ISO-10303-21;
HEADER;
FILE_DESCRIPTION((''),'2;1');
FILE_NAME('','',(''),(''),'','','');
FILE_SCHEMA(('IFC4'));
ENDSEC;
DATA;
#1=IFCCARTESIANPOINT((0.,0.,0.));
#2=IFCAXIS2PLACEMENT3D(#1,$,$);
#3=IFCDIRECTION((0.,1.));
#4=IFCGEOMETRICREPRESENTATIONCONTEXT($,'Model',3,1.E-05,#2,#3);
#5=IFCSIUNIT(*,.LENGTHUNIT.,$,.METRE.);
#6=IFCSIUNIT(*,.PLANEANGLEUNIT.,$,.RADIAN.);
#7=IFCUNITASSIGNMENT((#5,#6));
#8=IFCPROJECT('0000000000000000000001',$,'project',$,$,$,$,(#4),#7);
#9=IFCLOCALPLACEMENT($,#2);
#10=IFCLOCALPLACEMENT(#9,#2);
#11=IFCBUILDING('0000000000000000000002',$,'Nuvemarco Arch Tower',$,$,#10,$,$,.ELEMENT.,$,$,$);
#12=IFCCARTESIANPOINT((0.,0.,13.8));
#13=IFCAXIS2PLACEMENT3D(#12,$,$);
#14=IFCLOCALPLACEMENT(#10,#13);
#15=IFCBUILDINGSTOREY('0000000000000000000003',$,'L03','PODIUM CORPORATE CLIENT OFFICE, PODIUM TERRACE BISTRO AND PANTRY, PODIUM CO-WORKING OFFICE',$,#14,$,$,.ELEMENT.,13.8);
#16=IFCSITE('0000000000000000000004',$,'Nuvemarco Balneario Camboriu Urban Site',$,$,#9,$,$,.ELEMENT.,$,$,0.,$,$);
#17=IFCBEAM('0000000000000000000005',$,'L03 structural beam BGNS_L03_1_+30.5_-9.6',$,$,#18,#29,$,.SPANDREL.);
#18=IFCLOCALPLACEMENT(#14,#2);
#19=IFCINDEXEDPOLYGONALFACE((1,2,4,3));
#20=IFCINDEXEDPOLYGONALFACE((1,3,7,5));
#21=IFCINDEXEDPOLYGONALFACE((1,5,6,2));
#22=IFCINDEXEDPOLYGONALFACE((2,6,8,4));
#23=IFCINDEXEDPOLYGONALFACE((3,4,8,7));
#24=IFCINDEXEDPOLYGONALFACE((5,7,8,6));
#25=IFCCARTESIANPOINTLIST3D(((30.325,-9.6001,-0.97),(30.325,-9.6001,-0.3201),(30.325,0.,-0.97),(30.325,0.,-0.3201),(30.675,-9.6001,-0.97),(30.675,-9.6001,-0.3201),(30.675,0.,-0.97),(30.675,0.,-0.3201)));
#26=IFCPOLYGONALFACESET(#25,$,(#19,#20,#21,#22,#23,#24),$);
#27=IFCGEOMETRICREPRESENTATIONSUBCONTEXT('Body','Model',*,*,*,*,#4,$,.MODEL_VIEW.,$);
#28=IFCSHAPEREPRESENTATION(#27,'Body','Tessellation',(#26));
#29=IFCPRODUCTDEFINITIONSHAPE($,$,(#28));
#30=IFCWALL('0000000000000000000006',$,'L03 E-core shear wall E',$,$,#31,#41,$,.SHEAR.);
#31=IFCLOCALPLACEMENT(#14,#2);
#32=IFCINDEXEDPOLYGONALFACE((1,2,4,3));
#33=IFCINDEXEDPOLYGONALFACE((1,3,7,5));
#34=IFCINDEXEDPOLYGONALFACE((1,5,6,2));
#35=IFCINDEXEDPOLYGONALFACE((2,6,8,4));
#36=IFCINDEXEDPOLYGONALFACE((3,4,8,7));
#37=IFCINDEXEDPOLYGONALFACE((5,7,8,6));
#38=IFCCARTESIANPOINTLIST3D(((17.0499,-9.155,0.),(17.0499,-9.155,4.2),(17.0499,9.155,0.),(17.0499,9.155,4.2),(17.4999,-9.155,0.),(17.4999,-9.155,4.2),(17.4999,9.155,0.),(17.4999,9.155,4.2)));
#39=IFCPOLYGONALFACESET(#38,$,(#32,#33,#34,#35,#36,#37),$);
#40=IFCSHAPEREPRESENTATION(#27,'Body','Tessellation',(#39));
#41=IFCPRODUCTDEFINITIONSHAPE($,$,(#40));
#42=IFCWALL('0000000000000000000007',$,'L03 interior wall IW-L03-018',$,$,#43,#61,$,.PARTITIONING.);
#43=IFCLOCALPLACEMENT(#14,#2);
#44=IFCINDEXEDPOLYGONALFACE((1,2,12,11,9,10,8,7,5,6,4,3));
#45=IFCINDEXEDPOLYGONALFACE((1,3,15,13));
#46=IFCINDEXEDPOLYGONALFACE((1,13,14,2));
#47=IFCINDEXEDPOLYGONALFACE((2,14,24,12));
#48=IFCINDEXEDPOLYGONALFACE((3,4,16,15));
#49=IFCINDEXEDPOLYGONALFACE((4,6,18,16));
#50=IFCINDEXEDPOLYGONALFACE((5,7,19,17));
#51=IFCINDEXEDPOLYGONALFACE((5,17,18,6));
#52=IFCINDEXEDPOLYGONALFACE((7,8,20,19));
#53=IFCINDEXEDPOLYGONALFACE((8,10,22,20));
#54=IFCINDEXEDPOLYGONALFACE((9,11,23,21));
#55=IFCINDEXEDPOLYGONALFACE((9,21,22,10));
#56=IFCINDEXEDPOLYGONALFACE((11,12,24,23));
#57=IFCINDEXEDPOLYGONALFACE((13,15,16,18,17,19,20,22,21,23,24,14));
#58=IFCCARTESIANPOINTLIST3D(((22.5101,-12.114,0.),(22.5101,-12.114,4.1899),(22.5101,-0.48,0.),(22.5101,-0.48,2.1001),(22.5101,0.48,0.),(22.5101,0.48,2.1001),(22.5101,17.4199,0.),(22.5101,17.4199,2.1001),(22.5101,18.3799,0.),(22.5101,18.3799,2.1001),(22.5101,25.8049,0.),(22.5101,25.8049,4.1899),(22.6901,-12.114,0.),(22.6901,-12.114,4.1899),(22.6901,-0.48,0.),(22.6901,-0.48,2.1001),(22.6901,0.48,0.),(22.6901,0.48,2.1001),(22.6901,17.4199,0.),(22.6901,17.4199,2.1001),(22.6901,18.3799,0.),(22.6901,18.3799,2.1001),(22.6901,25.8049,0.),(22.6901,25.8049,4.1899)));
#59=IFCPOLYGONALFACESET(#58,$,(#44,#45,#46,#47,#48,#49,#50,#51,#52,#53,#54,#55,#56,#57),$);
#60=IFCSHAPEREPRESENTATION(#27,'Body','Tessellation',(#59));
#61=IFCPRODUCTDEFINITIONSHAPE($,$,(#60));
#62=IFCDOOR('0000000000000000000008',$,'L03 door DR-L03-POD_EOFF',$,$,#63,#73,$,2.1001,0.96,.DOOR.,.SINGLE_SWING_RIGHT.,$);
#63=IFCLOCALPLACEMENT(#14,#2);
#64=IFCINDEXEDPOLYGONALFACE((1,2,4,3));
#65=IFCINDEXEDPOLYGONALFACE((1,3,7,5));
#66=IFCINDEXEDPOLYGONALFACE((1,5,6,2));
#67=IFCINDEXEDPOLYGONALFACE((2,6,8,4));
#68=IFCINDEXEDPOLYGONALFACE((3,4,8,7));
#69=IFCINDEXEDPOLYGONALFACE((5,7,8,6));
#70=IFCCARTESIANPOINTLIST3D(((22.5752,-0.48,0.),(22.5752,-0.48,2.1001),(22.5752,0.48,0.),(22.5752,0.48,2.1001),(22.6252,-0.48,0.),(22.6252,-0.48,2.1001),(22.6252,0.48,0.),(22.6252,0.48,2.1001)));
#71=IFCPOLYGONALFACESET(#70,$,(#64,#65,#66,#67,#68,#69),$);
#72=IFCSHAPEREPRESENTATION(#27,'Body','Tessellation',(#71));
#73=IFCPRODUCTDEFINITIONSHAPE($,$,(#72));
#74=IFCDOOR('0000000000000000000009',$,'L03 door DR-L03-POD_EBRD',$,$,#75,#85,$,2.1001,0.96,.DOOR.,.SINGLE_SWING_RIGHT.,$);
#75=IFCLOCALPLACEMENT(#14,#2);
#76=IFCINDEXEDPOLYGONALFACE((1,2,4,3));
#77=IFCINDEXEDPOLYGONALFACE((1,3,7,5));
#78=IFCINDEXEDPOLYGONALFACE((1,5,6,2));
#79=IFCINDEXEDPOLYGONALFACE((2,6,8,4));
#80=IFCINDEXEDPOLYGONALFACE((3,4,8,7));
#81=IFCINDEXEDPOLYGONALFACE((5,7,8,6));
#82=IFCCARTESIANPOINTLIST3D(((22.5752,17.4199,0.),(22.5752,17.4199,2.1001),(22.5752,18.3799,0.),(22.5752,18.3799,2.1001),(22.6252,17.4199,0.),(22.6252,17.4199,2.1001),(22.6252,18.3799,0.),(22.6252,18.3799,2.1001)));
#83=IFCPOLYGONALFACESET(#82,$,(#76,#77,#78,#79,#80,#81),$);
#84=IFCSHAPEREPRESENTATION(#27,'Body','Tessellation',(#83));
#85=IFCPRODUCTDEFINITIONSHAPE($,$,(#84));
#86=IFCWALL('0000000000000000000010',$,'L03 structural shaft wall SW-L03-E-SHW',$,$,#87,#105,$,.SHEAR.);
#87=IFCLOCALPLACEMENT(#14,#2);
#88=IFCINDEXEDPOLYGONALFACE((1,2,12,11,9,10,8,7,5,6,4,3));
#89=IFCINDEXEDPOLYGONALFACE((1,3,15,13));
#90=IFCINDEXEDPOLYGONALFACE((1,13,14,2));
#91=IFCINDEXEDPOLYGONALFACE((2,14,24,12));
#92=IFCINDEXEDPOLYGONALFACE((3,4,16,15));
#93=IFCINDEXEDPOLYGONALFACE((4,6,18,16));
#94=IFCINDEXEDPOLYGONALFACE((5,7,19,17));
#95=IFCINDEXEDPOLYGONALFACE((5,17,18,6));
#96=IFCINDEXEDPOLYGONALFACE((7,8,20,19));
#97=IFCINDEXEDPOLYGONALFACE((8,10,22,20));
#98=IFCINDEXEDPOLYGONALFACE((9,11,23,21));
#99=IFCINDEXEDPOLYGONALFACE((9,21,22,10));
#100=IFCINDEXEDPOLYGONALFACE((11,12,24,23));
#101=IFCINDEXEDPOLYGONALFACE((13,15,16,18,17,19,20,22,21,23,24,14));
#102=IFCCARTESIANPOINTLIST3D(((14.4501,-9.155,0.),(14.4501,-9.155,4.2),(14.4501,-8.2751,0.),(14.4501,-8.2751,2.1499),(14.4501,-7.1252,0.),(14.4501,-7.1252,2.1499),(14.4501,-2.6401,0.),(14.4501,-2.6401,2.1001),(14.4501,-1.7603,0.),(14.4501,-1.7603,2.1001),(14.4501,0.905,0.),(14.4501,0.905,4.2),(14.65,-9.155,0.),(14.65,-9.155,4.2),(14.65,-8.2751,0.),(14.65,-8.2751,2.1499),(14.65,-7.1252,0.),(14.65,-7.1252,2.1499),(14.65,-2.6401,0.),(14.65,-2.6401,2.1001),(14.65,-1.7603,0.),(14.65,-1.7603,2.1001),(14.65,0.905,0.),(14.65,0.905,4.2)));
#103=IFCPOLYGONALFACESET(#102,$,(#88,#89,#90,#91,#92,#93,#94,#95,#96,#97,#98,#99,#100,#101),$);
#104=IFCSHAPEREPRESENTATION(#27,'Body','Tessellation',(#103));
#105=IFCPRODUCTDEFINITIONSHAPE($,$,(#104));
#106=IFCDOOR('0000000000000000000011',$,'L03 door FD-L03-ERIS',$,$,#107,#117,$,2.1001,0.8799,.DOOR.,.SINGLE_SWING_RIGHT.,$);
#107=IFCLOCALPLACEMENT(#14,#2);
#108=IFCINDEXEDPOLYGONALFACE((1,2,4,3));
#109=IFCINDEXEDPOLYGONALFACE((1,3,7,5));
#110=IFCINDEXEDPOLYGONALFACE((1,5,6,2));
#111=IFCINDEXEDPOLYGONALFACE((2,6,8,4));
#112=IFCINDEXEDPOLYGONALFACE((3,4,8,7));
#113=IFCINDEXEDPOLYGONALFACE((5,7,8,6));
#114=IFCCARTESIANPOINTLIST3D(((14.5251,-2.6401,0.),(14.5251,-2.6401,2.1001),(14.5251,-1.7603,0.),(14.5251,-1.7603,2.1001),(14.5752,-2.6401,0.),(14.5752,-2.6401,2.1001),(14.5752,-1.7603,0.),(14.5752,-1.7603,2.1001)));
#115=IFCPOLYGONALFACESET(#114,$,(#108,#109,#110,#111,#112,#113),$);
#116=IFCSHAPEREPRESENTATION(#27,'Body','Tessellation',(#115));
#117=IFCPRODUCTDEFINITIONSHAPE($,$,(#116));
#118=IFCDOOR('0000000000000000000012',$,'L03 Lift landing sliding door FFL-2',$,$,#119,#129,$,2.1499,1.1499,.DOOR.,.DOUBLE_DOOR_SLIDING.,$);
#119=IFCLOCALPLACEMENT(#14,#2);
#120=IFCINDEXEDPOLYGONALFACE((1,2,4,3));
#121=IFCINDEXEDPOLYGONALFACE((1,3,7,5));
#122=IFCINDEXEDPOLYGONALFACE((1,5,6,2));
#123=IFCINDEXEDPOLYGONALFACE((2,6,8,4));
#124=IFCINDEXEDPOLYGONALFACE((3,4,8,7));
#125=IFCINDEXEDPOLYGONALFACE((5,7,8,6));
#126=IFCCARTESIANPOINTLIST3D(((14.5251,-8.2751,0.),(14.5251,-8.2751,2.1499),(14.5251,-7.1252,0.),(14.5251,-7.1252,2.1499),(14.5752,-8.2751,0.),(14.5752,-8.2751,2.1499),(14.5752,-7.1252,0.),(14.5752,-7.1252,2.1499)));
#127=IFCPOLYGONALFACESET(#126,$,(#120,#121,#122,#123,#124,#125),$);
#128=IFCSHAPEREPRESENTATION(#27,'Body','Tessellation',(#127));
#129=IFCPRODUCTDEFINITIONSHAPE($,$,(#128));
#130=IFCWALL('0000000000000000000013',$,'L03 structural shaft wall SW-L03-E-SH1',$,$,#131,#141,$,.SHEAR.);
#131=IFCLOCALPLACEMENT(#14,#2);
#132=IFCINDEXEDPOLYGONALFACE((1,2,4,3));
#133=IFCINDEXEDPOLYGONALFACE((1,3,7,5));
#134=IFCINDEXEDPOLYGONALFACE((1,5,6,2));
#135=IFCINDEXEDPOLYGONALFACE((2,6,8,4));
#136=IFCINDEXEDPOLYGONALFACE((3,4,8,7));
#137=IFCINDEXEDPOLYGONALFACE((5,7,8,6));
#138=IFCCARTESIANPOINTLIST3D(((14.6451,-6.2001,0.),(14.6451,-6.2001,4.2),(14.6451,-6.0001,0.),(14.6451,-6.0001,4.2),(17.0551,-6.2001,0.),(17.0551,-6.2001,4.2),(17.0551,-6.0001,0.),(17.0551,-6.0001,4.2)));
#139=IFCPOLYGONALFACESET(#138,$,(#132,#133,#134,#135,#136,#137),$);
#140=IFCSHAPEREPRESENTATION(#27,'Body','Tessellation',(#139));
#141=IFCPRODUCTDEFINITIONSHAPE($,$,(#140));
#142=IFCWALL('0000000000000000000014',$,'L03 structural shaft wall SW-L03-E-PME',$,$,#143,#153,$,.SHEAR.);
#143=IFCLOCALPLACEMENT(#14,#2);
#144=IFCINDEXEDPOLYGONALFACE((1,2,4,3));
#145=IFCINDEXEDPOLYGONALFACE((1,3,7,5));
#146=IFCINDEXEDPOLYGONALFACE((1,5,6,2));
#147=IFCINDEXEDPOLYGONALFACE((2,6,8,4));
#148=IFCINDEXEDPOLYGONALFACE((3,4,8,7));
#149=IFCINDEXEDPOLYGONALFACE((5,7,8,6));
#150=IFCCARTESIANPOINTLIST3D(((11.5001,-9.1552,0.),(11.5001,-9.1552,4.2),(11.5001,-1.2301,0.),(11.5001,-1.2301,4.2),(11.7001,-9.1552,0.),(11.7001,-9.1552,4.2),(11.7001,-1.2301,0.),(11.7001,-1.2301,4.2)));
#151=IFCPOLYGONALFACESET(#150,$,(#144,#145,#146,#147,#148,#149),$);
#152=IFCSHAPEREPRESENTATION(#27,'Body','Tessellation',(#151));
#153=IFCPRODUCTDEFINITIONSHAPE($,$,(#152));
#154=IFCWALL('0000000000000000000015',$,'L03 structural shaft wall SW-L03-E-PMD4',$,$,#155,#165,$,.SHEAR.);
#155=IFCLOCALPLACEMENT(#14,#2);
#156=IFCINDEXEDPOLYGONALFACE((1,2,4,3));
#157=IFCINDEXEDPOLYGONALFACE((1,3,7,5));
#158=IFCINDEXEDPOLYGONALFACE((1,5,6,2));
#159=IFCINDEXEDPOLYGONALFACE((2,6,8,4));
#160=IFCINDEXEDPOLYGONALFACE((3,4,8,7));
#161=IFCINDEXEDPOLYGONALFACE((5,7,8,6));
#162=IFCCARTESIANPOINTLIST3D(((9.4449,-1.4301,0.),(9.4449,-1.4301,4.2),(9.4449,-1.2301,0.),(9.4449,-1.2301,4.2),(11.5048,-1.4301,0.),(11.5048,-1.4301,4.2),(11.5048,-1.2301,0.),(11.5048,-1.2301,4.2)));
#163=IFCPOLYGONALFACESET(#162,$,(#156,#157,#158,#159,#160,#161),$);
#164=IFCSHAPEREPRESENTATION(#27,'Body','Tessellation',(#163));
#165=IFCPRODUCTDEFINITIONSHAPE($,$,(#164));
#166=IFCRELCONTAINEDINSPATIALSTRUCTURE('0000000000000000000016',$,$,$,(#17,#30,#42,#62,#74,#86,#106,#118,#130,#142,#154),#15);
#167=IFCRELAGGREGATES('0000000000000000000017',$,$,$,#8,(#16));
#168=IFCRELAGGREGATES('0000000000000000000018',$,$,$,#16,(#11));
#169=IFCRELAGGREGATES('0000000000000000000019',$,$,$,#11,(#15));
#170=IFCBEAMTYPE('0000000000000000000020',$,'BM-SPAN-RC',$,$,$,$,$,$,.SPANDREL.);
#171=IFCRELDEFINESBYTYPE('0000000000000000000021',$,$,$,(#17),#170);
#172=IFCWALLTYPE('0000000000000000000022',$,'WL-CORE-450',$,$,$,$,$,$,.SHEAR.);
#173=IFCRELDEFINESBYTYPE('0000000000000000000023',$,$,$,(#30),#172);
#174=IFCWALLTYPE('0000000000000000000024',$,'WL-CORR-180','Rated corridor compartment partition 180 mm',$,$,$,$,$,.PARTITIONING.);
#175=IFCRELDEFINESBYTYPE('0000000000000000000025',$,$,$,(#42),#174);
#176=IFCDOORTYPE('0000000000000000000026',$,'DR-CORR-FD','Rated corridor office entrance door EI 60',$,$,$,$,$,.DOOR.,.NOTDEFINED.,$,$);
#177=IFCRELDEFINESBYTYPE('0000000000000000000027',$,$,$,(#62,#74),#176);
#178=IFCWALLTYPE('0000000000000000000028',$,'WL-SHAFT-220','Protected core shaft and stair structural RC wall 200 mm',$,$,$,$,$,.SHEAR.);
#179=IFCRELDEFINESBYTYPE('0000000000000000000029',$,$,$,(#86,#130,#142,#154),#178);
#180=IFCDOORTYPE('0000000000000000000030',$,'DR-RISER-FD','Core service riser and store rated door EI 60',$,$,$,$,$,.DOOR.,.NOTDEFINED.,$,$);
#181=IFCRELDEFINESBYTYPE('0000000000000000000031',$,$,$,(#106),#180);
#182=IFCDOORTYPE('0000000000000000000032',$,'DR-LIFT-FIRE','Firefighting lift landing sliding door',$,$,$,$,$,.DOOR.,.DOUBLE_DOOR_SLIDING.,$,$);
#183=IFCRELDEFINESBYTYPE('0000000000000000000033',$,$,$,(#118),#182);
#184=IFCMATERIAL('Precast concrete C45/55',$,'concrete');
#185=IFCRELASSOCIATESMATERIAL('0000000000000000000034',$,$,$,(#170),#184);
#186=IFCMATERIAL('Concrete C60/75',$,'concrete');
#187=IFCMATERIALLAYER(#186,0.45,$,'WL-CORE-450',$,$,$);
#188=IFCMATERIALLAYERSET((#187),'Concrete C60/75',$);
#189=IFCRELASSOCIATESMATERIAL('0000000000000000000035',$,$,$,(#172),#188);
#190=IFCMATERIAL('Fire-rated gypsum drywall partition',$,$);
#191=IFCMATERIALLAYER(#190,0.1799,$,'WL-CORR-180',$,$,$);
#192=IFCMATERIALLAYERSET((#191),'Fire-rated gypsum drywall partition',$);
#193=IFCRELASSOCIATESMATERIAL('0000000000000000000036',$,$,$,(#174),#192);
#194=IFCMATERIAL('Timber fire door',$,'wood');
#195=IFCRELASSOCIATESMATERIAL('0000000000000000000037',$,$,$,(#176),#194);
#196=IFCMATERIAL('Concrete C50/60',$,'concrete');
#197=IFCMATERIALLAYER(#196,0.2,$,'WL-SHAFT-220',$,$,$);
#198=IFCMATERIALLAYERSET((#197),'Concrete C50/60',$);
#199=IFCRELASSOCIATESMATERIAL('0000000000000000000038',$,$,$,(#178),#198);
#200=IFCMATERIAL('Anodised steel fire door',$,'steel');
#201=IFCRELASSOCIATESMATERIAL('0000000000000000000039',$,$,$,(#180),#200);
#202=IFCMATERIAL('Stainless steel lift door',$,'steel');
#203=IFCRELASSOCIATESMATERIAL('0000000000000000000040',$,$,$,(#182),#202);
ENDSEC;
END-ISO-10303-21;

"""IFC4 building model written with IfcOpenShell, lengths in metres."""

from ifc_helpers import new_model, si_unit, direction, frame, frame_2d, origin, origin_2d, place, context, subcontext, project, spatial, rectangle, extrude, source, transform, mapped, material, layer, layer_set, material_profile, profile_set, type_object, type_shapes, element, fill, save


model = new_model("IFC4")

# Units and contexts
model_context = context("Model", 3, precision=1e-05, world=origin(), true_north=direction((0.0, 1.0)))
body_context = subcontext(model_context, "Body", "Model", "MODEL_VIEW")
ifc_project = project(units=[si_unit("LENGTHUNIT", "METRE"), si_unit("PLANEANGLEUNIT", "RADIAN")], contexts=[model_context])

# Site, building, storey
site_placement = place(None, origin())
site = spatial("IfcSite", under=ifc_project, at=site_placement, Name="Nuvemarco Balneario Camboriu Urban Site", CompositionType="ELEMENT", RefElevation=0.0)
building_placement = place(site_placement, origin())
building = spatial("IfcBuilding", under=site, at=building_placement, Name="Nuvemarco Arch Tower", CompositionType="ELEMENT")
storey_placement = place(building_placement, frame((0.0, 0.0, 13.8)))
storey = spatial("IfcBuildingStorey", under=building, at=storey_placement, Name="L03", Description="PODIUM CORPORATE CLIENT OFFICE, PODIUM TERRACE BISTRO AND PANTRY, PODIUM CO-WORKING OFFICE", CompositionType="ELEMENT", Elevation=13.8)

# Shared definitions
ifc_material_1 = material(Name="Concrete C60/75", Category="concrete")

# Beam
ifc_material_2 = material(Name="Precast concrete C45/55", Category="concrete")
ifc_material_profile_1 = material_profile(ifc_material_2, rectangle(XDim=0.3501, YDim=0.6499, at=origin_2d()), Name="PC-SP-350x650")
ifc_profile_set_1 = profile_set([ifc_material_profile_1], Name="Precast concrete C45/55")
beam_type_1 = type_object("IfcBeamType", Name="BM-SPAN-RC", PredefinedType="SPANDREL", material=ifc_profile_set_1)
beam_1_placement = place(storey_placement, frame((30.5, -9.6001, -0.645), z_axis=(0.0, 1.0, 0.0), x_axis=(-1.0, 0.0, 0.0)))
element("IfcBeam", 1, at=beam_1_placement, inside=storey, type_object=beam_type_1, Name="L03 structural beam BGNS_L03_1_+30.5_-9.6", PredefinedType="SPANDREL", context=body_context, shape_type="SweptSolid", body=[
    extrude(rectangle(XDim=0.3501, YDim=0.6499, at=origin_2d()), origin(), (0.0, 0.0, 1.0), 9.6001),
])

# Wall
ifc_layer_1 = layer(ifc_material_1, 0.45, Name="WL-CORE-450")
ifc_layer_set_1 = layer_set([ifc_layer_1], Name="Concrete C60/75")
wall_type_1 = type_object("IfcWallType", Name="WL-CORE-450", PredefinedType="SHEAR", material=ifc_layer_set_1)
wall_1_placement = place(storey_placement, frame((17.2749, -9.155, 0.0), z_axis=(0.0, 0.0, 1.0), x_axis=(0.0, 1.0, 0.0)))
element("IfcWall", 2, at=wall_1_placement, inside=storey, type_object=wall_type_1, Name="L03 E-core shear wall E", PredefinedType="SHEAR", context=body_context, shape_type="SweptSolid", body=[
    extrude(rectangle(XDim=18.3101, YDim=0.45, at=frame_2d((9.155, 0.0))), origin(), (0.0, 0.0, 1.0), 4.2),
])

# Walls, openings, doors
ifc_material_3 = material(Name="Fire-rated gypsum drywall partition")
ifc_layer_2 = layer(ifc_material_3, 0.1799, Name="WL-CORR-180")
ifc_layer_set_2 = layer_set([ifc_layer_2], Name="Fire-rated gypsum drywall partition")
wall_type_2 = type_object("IfcWallType", Name="WL-CORR-180", Description="Rated corridor compartment partition 180 mm", PredefinedType="PARTITIONING", material=ifc_layer_set_2)
wall_2_placement = place(storey_placement, frame((22.6001, -12.114, 0.0), z_axis=(0.0, 0.0, 1.0), x_axis=(0.0, 1.0, 0.0)))
wall_2 = element("IfcWall", 3, at=wall_2_placement, inside=storey, type_object=wall_type_2, Name="L03 interior wall IW-L03-018", PredefinedType="PARTITIONING", context=body_context, shape_type="SweptSolid", body=[
    extrude(rectangle(XDim=37.9189, YDim=0.1799, at=frame_2d((18.9595, 0.0))), origin(), (0.0, 0.0, 1.0), 4.1899),
])
opening_1_placement = place(wall_2_placement, frame((11.634, 0.0, 0.0)))
opening_1 = element("IfcOpeningElement", 4, at=opening_1_placement, cuts=wall_2, PredefinedType="OPENING", context=body_context, shape_type="SweptSolid", body=[
    extrude(rectangle(XDim=0.96, YDim=2.1001, at=frame_2d((0.48, 1.05))), frame((0.0, 0.0999, 0.0), z_axis=(0.0, -1.0, 0.0), x_axis=(1.0, 0.0, 0.0)), (0.0, 0.0, 1.0), 0.2),
])
opening_2_placement = place(wall_2_placement, frame((29.5339, 0.0, 0.0)))
opening_2 = element("IfcOpeningElement", 5, at=opening_2_placement, cuts=wall_2, PredefinedType="OPENING", context=body_context, shape_type="SweptSolid", body=[
    extrude(rectangle(XDim=0.96, YDim=2.1001, at=frame_2d((0.48, 1.05))), frame((0.0, 0.0999, 0.0), z_axis=(0.0, -1.0, 0.0), x_axis=(1.0, 0.0, 0.0)), (0.0, 0.0, 1.0), 0.2),
])
ifc_material_4 = material(Name="Timber fire door", Category="wood")
door_type_1 = type_object("IfcDoorType", Name="DR-CORR-FD", Description="Rated corridor office entrance door EI 60", OperationType="NOTDEFINED", PredefinedType="DOOR", material=ifc_material_4)
shared_shape_1 = source(origin(), body_context, "Body", "SweptSolid", [
    extrude(rectangle(XDim=0.96, YDim=2.1001, at=frame_2d((0.48, 1.05))), frame((0.0, 0.0249, 0.0), z_axis=(0.0, -1.0, 0.0), x_axis=(1.0, 0.0, 0.0)), (0.0, 0.0, 1.0), 0.05),
])
type_shapes(door_type_1, [shared_shape_1])
door_1_placement = place(opening_1_placement, origin())
door_1 = element("IfcDoor", 6, at=door_1_placement, inside=storey, type_object=door_type_1, Name="L03 door DR-L03-POD_EOFF", OperationType="SINGLE_SWING_RIGHT", OverallHeight=2.1001, OverallWidth=0.96, PredefinedType="DOOR", context=body_context, shape_type="MappedRepresentation", body=[
    mapped(shared_shape_1, transform((0.0, 0.0, 0.0), scale=1.0)),
])
fill(opening_1, door_1)
door_2_placement = place(opening_2_placement, origin())
door_2 = element("IfcDoor", 7, at=door_2_placement, inside=storey, type_object=door_type_1, Name="L03 door DR-L03-POD_EBRD", OperationType="SINGLE_SWING_RIGHT", OverallHeight=2.1001, OverallWidth=0.96, PredefinedType="DOOR", context=body_context, shape_type="MappedRepresentation", body=[
    mapped(shared_shape_1, transform((0.0, 0.0, 0.0), scale=1.0)),
])
fill(opening_2, door_2)
ifc_material_5 = material(Name="Concrete C50/60", Category="concrete")
ifc_layer_3 = layer(ifc_material_5, 0.2, Name="WL-SHAFT-220")
ifc_layer_set_3 = layer_set([ifc_layer_3], Name="Concrete C50/60")
wall_type_3 = type_object("IfcWallType", Name="WL-SHAFT-220", Description="Protected core shaft and stair structural RC wall 200 mm", PredefinedType="SHEAR", material=ifc_layer_set_3)
wall_3_placement = place(storey_placement, frame((14.55, -9.155, 0.0), z_axis=(0.0, 0.0, 1.0), x_axis=(0.0, 1.0, 0.0)))
wall_3 = element("IfcWall", 8, at=wall_3_placement, inside=storey, type_object=wall_type_3, Name="L03 structural shaft wall SW-L03-E-SHW", PredefinedType="SHEAR", context=body_context, shape_type="SweptSolid", body=[
    extrude(rectangle(XDim=10.0601, YDim=0.2, at=frame_2d((5.03, 0.0))), origin(), (0.0, 0.0, 1.0), 4.2),
])
opening_3_placement = place(wall_3_placement, frame((6.5149, 0.0, 0.0)))
opening_3 = element("IfcOpeningElement", 9, at=opening_3_placement, cuts=wall_3, PredefinedType="OPENING", context=body_context, shape_type="SweptSolid", body=[
    extrude(rectangle(XDim=0.8799, YDim=2.1001, at=frame_2d((0.4399, 1.05))), frame((0.0, 0.1099, 0.0), z_axis=(0.0, -1.0, 0.0), x_axis=(1.0, 0.0, 0.0)), (0.0, 0.0, 1.0), 0.22),
])
opening_4_placement = place(wall_3_placement, frame((0.8799, 0.0, 0.0)))
opening_4 = element("IfcOpeningElement", 10, at=opening_4_placement, cuts=wall_3, PredefinedType="OPENING", context=body_context, shape_type="SweptSolid", body=[
    extrude(rectangle(XDim=1.1499, YDim=2.1499, at=frame_2d((0.575, 1.075))), frame((0.0, 0.1099, 0.0), z_axis=(0.0, -1.0, 0.0), x_axis=(1.0, 0.0, 0.0)), (0.0, 0.0, 1.0), 0.22),
])
ifc_material_6 = material(Name="Anodised steel fire door", Category="steel")
door_type_2 = type_object("IfcDoorType", Name="DR-RISER-FD", Description="Core service riser and store rated door EI 60", OperationType="NOTDEFINED", PredefinedType="DOOR", material=ifc_material_6)
shared_shape_2 = source(origin(), body_context, "Body", "SweptSolid", [
    extrude(rectangle(XDim=0.8799, YDim=2.1001, at=frame_2d((0.4399, 1.05))), frame((0.0, 0.0249, 0.0), z_axis=(0.0, -1.0, 0.0), x_axis=(1.0, 0.0, 0.0)), (0.0, 0.0, 1.0), 0.05),
])
type_shapes(door_type_2, [shared_shape_2])
door_3_placement = place(opening_3_placement, origin())
door_3 = element("IfcDoor", 11, at=door_3_placement, inside=storey, type_object=door_type_2, Name="L03 door FD-L03-ERIS", OperationType="SINGLE_SWING_RIGHT", OverallHeight=2.1001, OverallWidth=0.8799, PredefinedType="DOOR", context=body_context, shape_type="MappedRepresentation", body=[
    mapped(shared_shape_2, transform((0.0, 0.0, 0.0), scale=1.0)),
])
fill(opening_3, door_3)
ifc_material_7 = material(Name="Stainless steel lift door", Category="steel")
door_type_3 = type_object("IfcDoorType", Name="DR-LIFT-FIRE", Description="Firefighting lift landing sliding door", OperationType="DOUBLE_DOOR_SLIDING", PredefinedType="DOOR", material=ifc_material_7)
shared_shape_3 = source(origin(), body_context, "Body", "SweptSolid", [
    extrude(rectangle(XDim=1.1499, YDim=2.1499, at=frame_2d((0.575, 1.075))), frame((0.0, 0.0249, 0.0), z_axis=(0.0, -1.0, 0.0), x_axis=(1.0, 0.0, 0.0)), (0.0, 0.0, 1.0), 0.05),
])
type_shapes(door_type_3, [shared_shape_3])
door_4_placement = place(opening_4_placement, origin())
door_4 = element("IfcDoor", 12, at=door_4_placement, inside=storey, type_object=door_type_3, Name="L03 Lift landing sliding door FFL-2", OperationType="DOUBLE_DOOR_SLIDING", OverallHeight=2.1499, OverallWidth=1.1499, PredefinedType="DOOR", context=body_context, shape_type="MappedRepresentation", body=[
    mapped(shared_shape_3, transform((0.0, 0.0, 0.0), scale=1.0)),
])
fill(opening_4, door_4)

# Walls
wall_4_placement = place(storey_placement, frame((14.645, -6.1001, 0.0), z_axis=(0.0, 0.0, 1.0), x_axis=(1.0, 0.0, 0.0)))
element("IfcWall", 13, at=wall_4_placement, inside=storey, type_object=wall_type_3, Name="L03 structural shaft wall SW-L03-E-SH1", PredefinedType="SHEAR", context=body_context, shape_type="SweptSolid", body=[
    extrude(rectangle(XDim=2.4099, YDim=0.2, at=frame_2d((1.2051, 0.0))), origin(), (0.0, 0.0, 1.0), 4.2),
])
wall_5_placement = place(storey_placement, frame((11.6001, -9.155, 0.0), z_axis=(0.0, 0.0, 1.0), x_axis=(0.0, 1.0, 0.0)))
element("IfcWall", 14, at=wall_5_placement, inside=storey, type_object=wall_type_3, Name="L03 structural shaft wall SW-L03-E-PME", PredefinedType="SHEAR", context=body_context, shape_type="SweptSolid", body=[
    extrude(rectangle(XDim=7.925, YDim=0.2, at=frame_2d((3.9624, 0.0))), origin(), (0.0, 0.0, 1.0), 4.2),
])

# Wall
wall_6_placement = place(storey_placement, frame((9.4451, -1.3301, 0.0), z_axis=(0.0, 0.0, 1.0), x_axis=(1.0, 0.0, 0.0)))
element("IfcWall", 15, at=wall_6_placement, inside=storey, type_object=wall_type_3, Name="L03 structural shaft wall SW-L03-E-PMD4", PredefinedType="SHEAR", context=body_context, shape_type="SweptSolid", body=[
    extrude(rectangle(XDim=2.0598, YDim=0.2, at=frame_2d((1.0298, 0.0))), origin(), (0.0, 0.0, 1.0), 4.2),
])

save(model, "model.ifc")
